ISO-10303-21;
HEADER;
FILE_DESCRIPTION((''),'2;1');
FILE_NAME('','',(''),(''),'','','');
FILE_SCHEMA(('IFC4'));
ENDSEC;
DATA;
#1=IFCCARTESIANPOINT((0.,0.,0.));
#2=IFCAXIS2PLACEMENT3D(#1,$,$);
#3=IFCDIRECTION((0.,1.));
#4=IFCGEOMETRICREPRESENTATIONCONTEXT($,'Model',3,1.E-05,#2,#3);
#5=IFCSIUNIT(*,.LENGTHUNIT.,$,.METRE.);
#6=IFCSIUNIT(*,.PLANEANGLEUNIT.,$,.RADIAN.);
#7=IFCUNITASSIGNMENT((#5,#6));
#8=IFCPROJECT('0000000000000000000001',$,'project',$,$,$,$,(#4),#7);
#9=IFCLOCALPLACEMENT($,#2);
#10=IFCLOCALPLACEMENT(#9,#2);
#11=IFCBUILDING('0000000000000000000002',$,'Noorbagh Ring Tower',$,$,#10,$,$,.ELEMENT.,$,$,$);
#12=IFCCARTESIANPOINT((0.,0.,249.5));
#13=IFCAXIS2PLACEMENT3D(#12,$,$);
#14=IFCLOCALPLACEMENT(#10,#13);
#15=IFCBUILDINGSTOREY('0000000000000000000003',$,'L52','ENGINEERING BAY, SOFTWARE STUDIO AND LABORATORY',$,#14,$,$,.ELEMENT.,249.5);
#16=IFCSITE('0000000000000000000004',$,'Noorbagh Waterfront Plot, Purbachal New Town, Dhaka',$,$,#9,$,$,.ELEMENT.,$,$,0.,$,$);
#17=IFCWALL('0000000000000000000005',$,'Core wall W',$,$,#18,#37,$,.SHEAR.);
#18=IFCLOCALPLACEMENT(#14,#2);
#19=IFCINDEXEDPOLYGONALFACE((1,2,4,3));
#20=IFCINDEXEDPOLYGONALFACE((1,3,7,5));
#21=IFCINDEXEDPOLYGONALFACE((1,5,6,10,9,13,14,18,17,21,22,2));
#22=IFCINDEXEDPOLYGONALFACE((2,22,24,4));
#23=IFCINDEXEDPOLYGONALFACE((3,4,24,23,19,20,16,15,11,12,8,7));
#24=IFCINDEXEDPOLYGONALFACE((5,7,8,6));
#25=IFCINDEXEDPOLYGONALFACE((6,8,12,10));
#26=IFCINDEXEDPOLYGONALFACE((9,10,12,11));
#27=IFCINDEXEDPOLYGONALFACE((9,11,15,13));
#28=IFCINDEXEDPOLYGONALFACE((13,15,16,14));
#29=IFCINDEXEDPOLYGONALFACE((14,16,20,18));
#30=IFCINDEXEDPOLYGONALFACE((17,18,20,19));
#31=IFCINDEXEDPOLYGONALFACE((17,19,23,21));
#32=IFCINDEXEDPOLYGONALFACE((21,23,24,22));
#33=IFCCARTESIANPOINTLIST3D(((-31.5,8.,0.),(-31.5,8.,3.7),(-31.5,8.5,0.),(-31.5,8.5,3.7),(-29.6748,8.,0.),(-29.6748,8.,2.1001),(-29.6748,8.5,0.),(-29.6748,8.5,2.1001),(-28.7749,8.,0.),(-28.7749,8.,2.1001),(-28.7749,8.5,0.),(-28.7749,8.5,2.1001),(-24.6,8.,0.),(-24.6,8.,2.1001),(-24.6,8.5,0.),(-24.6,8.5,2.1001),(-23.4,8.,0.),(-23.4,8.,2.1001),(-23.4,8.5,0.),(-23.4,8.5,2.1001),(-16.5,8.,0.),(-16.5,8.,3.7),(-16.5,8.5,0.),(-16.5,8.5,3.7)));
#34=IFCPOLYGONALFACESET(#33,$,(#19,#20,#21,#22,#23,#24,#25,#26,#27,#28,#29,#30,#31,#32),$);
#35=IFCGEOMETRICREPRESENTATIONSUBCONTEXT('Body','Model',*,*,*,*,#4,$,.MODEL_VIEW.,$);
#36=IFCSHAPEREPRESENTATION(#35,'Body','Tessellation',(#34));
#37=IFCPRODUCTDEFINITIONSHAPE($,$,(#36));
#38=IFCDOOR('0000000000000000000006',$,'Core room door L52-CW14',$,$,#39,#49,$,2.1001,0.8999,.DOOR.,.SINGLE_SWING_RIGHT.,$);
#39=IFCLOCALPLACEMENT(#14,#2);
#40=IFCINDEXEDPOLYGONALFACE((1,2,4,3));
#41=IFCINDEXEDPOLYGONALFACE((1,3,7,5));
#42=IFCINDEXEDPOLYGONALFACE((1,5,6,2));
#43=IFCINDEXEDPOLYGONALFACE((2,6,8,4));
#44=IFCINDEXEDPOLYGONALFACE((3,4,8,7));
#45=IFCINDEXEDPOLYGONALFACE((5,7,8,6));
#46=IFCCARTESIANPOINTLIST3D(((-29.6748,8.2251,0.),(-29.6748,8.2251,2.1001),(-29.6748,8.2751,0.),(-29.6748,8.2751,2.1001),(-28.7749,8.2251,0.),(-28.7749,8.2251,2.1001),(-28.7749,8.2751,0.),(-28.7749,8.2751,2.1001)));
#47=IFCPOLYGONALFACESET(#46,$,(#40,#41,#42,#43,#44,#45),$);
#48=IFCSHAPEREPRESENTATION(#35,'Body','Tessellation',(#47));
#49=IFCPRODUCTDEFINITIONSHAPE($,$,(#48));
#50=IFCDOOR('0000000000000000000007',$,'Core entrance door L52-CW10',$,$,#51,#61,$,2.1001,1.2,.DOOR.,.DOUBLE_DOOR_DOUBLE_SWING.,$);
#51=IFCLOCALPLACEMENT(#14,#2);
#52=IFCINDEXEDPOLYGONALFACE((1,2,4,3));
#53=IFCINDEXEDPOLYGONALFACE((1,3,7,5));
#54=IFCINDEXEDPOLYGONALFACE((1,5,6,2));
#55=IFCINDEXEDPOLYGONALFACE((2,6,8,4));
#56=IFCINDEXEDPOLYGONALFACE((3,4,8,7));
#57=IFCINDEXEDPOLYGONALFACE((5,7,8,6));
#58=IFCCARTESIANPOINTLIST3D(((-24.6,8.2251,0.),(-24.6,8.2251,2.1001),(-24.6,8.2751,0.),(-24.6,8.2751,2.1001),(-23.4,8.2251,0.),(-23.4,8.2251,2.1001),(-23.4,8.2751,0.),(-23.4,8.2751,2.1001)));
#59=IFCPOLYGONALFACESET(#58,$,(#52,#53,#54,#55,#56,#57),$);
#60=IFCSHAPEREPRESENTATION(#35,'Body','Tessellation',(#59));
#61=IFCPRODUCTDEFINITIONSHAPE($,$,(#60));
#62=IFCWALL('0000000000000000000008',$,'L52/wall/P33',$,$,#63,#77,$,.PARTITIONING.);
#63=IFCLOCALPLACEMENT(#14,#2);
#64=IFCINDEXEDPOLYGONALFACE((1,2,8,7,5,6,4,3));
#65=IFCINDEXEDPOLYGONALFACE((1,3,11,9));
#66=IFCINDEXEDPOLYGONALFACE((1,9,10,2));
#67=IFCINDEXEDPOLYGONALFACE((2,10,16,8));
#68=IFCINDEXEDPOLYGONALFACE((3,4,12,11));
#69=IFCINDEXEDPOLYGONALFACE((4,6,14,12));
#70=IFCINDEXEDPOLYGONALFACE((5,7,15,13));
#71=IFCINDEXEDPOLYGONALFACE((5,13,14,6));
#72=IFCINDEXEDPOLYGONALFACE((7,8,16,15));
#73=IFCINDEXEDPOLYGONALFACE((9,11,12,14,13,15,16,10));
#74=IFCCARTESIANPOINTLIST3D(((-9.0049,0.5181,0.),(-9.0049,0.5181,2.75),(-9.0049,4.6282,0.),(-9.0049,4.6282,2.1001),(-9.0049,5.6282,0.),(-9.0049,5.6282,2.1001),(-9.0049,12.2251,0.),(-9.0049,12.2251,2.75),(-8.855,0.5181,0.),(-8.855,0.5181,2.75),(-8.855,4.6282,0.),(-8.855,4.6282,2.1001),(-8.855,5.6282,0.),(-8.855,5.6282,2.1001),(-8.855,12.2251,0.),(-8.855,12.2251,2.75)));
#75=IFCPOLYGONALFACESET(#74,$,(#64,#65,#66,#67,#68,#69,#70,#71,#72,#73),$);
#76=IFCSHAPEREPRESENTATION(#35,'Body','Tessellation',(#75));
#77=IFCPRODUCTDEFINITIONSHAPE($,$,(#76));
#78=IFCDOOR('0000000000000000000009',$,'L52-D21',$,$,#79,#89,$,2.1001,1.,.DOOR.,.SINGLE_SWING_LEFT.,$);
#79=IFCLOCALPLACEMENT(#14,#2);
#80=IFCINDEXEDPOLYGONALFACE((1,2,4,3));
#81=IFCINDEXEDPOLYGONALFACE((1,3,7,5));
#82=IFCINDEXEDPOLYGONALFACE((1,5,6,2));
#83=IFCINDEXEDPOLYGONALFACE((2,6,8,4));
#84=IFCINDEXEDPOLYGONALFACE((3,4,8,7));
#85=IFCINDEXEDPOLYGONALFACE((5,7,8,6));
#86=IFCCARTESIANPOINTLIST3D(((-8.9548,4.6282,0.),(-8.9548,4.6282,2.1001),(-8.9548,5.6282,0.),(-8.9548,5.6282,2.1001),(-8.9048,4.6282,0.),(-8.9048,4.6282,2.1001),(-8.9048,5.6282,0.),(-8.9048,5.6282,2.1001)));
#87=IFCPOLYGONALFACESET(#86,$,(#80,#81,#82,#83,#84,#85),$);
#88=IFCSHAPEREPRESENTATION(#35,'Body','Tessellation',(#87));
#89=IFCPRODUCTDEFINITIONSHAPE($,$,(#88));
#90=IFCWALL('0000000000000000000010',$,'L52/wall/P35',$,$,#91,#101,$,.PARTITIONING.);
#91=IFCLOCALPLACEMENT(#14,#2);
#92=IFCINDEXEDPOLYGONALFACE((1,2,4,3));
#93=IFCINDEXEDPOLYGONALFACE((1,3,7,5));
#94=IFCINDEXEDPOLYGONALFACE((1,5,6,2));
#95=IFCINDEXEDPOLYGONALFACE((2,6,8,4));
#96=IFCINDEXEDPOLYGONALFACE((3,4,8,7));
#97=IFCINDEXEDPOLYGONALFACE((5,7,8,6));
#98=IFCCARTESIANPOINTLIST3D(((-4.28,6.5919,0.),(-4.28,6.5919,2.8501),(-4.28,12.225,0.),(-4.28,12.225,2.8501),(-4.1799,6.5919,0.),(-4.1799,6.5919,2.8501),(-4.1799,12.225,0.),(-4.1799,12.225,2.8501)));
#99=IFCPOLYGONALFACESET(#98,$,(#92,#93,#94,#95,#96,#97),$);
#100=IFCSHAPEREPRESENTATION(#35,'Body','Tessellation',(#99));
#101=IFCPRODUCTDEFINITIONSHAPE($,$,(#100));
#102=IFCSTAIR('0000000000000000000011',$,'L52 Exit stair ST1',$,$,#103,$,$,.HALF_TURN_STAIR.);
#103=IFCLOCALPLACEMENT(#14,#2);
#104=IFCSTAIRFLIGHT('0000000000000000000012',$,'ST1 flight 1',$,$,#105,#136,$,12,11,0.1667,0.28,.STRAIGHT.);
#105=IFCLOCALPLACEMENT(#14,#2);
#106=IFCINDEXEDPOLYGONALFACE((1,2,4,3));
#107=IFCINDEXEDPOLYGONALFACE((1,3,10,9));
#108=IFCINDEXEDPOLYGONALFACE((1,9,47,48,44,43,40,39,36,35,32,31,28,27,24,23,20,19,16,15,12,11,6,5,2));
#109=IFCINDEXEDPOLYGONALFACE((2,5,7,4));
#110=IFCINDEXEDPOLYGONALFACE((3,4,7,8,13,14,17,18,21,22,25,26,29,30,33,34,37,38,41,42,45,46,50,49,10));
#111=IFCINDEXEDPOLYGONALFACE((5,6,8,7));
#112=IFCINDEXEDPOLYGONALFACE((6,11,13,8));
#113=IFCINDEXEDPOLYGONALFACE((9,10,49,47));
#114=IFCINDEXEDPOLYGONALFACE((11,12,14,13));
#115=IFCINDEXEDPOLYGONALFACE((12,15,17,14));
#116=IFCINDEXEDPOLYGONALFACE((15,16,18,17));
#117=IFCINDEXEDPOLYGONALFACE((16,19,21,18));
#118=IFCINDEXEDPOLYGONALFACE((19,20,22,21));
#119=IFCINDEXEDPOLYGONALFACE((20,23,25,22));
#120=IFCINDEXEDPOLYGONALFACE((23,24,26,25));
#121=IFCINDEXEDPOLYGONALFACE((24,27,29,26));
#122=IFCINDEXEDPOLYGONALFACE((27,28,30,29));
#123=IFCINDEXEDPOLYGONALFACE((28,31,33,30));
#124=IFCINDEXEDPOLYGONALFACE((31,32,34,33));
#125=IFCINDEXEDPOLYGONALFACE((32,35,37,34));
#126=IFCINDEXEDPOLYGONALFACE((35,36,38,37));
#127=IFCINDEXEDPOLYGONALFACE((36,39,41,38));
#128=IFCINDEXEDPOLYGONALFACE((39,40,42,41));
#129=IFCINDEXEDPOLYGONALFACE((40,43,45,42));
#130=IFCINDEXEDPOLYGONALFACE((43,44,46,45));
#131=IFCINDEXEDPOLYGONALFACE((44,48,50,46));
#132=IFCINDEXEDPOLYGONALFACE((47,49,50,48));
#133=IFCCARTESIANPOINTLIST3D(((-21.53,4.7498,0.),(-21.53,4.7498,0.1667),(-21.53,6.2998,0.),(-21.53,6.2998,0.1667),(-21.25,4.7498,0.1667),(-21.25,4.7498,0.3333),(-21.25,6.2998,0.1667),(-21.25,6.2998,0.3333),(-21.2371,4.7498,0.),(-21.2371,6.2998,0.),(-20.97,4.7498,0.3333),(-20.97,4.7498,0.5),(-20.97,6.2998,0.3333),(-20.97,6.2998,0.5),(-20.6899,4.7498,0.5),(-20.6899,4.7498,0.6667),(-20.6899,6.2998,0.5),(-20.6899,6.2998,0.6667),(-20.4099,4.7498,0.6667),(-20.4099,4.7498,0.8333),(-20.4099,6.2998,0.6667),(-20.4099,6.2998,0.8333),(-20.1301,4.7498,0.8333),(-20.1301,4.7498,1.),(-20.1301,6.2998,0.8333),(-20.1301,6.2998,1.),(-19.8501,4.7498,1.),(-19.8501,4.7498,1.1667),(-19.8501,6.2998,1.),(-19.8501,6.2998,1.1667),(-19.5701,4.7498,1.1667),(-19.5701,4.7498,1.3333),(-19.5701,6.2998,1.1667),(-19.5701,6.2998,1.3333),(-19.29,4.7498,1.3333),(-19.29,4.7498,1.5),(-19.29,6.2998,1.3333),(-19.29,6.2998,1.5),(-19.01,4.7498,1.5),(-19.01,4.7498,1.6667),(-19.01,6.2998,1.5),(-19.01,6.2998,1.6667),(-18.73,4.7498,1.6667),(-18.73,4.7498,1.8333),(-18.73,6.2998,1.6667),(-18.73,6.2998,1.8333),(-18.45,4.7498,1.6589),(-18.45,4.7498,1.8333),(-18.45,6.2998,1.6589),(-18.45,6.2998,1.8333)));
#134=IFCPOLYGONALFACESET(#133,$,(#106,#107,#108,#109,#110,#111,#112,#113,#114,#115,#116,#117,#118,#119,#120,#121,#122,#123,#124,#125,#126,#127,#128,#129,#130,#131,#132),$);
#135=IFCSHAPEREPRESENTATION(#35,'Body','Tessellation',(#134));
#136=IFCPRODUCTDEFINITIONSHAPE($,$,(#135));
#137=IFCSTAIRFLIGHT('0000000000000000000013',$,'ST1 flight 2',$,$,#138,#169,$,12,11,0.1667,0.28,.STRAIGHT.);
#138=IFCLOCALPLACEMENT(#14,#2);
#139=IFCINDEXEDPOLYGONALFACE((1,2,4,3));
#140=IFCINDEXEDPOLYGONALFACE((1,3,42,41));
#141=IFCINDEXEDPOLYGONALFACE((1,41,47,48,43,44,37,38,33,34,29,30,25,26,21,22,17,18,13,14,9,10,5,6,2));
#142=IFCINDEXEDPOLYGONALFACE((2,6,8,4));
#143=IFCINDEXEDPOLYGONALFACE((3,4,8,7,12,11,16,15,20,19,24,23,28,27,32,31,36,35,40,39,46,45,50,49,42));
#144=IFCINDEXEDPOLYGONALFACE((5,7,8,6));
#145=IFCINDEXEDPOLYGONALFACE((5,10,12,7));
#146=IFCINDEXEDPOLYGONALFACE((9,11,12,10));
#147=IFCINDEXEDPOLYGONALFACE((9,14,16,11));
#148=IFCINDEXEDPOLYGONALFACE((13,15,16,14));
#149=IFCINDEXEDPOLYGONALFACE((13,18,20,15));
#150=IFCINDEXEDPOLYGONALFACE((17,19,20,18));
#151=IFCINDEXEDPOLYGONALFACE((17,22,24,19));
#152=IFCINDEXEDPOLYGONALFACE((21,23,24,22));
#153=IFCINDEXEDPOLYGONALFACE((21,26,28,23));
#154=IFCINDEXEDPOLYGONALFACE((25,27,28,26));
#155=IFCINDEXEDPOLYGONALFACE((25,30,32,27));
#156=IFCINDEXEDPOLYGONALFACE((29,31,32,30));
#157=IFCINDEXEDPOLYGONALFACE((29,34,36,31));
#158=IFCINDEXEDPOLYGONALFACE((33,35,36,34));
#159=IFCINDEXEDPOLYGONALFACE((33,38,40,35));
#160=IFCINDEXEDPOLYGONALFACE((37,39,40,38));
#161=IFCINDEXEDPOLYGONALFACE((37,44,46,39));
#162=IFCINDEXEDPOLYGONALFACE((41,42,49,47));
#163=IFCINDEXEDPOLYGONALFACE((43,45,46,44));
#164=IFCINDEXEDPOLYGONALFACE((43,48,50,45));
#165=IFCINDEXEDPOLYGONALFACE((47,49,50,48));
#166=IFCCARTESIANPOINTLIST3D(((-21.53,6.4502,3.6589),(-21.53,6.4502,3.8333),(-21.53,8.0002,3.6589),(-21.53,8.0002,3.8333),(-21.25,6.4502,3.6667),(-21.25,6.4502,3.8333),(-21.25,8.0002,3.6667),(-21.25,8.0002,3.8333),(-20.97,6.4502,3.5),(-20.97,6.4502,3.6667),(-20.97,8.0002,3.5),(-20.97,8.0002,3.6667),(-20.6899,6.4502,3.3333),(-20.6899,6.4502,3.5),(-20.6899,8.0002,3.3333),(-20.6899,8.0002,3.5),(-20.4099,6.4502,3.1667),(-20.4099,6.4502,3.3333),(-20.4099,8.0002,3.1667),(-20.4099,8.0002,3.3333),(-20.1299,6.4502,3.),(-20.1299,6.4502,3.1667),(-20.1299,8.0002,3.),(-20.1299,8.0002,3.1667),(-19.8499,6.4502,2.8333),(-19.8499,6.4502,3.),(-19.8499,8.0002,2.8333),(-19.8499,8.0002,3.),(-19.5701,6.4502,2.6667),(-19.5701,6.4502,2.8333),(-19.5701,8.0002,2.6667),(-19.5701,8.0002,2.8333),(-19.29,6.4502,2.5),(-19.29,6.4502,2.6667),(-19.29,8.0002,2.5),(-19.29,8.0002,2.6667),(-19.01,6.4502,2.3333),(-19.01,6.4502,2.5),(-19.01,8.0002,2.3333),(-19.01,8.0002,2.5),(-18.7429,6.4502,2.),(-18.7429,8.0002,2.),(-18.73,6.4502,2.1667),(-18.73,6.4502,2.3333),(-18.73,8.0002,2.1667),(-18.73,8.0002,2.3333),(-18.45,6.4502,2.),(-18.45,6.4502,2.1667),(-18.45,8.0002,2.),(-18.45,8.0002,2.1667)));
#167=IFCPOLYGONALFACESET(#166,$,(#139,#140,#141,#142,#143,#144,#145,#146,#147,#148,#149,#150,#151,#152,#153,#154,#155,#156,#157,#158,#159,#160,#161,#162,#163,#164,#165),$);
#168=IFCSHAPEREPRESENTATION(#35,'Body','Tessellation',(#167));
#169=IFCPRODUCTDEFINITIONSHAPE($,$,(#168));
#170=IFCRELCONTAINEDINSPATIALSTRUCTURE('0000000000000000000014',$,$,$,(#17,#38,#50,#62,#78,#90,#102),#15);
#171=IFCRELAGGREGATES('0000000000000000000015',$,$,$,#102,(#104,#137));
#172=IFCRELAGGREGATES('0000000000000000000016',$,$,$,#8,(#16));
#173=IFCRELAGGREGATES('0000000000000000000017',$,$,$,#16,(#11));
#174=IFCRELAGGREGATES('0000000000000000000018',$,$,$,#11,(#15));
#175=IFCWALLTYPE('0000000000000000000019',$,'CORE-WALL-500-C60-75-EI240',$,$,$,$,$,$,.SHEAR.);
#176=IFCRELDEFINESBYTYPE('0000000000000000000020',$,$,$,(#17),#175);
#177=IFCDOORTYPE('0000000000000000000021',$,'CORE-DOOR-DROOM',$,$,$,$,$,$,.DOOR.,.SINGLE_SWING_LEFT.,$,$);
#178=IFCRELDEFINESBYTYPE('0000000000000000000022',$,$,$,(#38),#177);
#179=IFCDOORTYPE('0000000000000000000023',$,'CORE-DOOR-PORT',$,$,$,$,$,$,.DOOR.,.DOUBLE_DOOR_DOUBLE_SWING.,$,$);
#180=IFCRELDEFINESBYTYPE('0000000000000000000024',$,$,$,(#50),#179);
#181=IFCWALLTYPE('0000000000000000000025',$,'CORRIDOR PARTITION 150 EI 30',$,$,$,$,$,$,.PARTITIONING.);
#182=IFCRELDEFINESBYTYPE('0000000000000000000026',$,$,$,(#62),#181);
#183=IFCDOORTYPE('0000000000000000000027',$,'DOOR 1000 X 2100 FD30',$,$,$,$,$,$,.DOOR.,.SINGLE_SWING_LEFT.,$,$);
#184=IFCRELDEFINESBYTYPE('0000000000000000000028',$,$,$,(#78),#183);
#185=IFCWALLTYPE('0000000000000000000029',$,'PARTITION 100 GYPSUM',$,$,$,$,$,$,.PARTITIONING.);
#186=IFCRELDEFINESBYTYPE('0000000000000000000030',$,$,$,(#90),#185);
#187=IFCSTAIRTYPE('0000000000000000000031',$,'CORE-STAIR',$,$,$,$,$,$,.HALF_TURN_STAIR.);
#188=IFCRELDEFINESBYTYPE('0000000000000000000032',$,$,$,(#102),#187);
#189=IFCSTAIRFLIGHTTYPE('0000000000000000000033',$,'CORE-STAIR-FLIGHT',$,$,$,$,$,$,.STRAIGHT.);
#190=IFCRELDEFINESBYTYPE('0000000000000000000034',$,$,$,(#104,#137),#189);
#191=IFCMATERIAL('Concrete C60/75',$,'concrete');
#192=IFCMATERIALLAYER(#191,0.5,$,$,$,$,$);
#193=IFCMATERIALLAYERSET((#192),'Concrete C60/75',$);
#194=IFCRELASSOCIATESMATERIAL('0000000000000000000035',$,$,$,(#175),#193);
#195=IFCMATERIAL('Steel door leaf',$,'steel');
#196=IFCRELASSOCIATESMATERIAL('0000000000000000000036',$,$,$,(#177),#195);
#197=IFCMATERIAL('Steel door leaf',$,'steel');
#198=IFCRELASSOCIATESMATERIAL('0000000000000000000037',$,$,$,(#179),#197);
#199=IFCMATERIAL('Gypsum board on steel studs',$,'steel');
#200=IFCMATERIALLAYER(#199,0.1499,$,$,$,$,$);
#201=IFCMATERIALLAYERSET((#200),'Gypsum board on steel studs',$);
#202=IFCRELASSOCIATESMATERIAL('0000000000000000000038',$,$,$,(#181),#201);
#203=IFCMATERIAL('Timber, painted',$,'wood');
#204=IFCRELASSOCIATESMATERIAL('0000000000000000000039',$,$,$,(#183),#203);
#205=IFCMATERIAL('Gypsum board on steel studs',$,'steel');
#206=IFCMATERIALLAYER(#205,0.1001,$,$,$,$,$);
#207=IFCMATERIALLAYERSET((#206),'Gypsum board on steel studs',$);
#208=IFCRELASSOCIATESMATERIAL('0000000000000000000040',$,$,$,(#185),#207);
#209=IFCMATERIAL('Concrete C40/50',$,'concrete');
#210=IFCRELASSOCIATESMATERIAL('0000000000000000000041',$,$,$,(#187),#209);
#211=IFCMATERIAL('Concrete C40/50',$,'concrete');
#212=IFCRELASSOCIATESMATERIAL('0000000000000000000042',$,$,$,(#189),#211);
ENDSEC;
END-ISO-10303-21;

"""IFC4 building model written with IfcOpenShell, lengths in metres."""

from ifc_helpers import new_model, si_unit, direction, frame, frame_2d, origin, place, context, subcontext, project, spatial, polyline, rectangle, outline, extrude, material, layer, layer_set, type_object, element, fill, aggregate, save


model = new_model("IFC4")

# Units and contexts
model_context = context("Model", 3, precision=1e-05, world=origin(), true_north=direction((0.0, 1.0)))
body_context = subcontext(model_context, "Body", "Model", "MODEL_VIEW")
ifc_project = project(units=[si_unit("LENGTHUNIT", "METRE"), si_unit("PLANEANGLEUNIT", "RADIAN")], contexts=[model_context])

# Site, building, storey
site_placement = place(None, origin())
site = spatial("IfcSite", under=ifc_project, at=site_placement, Name="Noorbagh Waterfront Plot, Purbachal New Town, Dhaka", CompositionType="ELEMENT", RefElevation=0.0)
building_placement = place(site_placement, origin())
building = spatial("IfcBuilding", under=site, at=building_placement, Name="Noorbagh Ring Tower", CompositionType="ELEMENT")
storey_placement = place(building_placement, frame((0.0, 0.0, 249.5)))
storey = spatial("IfcBuildingStorey", under=building, at=storey_placement, Name="L52", Description="ENGINEERING BAY, SOFTWARE STUDIO AND LABORATORY", CompositionType="ELEMENT", Elevation=249.5)

# Wall, openings, doors
ifc_material_1 = material(Name="Concrete C60/75", Category="concrete")
ifc_layer_1 = layer(ifc_material_1, 0.5)
ifc_layer_set_1 = layer_set([ifc_layer_1], Name="Concrete C60/75")
wall_type_1 = type_object("IfcWallType", Name="CORE-WALL-500-C60-75-EI240", PredefinedType="SHEAR", material=ifc_layer_set_1)
wall_1_placement = place(storey_placement, frame((-16.5, 8.25, 0.0), z_axis=(0.0, 0.0, 1.0), x_axis=(-1.0, 0.0, 0.0)))
wall_1 = element("IfcWall", 1, at=wall_1_placement, inside=storey, type_object=wall_type_1, Name="Core wall W", PredefinedType="SHEAR", context=body_context, shape_type="SweptSolid", body=[
    extrude(rectangle(XDim=15.0, YDim=0.5, at=frame_2d((7.5, 0.0))), origin(), (0.0, 0.0, 1.0), 3.7),
])
opening_1_placement = place(wall_1_placement, frame((6.8999, 0.0, 0.0)))
opening_1 = element("IfcOpeningElement", 2, at=opening_1_placement, cuts=wall_1, PredefinedType="OPENING", context=body_context, shape_type="SweptSolid", body=[
    extrude(rectangle(XDim=1.2, YDim=2.1001, at=frame_2d((0.6001, 1.05))), frame((0.0, 0.26, 0.0), z_axis=(0.0, -1.0, 0.0), x_axis=(1.0, 0.0, 0.0)), (0.0, 0.0, 1.0), 0.52),
])
opening_2_placement = place(wall_1_placement, frame((12.2749, 0.0, 0.0)))
opening_2 = element("IfcOpeningElement", 3, at=opening_2_placement, cuts=wall_1, PredefinedType="OPENING", context=body_context, shape_type="SweptSolid", body=[
    extrude(rectangle(XDim=0.8999, YDim=2.1001, at=frame_2d((0.45, 1.05))), frame((0.0, 0.26, 0.0), z_axis=(0.0, -1.0, 0.0), x_axis=(1.0, 0.0, 0.0)), (0.0, 0.0, 1.0), 0.52),
])
ifc_material_2 = material(Name="Steel door leaf", Category="steel")
door_type_1 = type_object("IfcDoorType", Name="CORE-DOOR-DROOM", OperationType="SINGLE_SWING_LEFT", PredefinedType="DOOR", material=ifc_material_2)
door_1_placement = place(opening_2_placement, origin())
door_1 = element("IfcDoor", 4, at=door_1_placement, inside=storey, type_object=door_type_1, Name="Core room door L52-CW14", OperationType="SINGLE_SWING_RIGHT", OverallHeight=2.1001, OverallWidth=0.8999, PredefinedType="DOOR", context=body_context, shape_type="SweptSolid", body=[
    extrude(rectangle(XDim=0.8999, YDim=2.1001, at=frame_2d((0.45, 1.05))), frame((0.0, 0.0249, 0.0), z_axis=(0.0, -1.0, 0.0), x_axis=(1.0, 0.0, 0.0)), (0.0, 0.0, 1.0), 0.05),
])
fill(opening_2, door_1)
ifc_material_3 = material(Name="Steel door leaf", Category="steel")
door_type_2 = type_object("IfcDoorType", Name="CORE-DOOR-PORT", OperationType="DOUBLE_DOOR_DOUBLE_SWING", PredefinedType="DOOR", material=ifc_material_3)
door_2_placement = place(opening_1_placement, origin())
door_2 = element("IfcDoor", 5, at=door_2_placement, inside=storey, type_object=door_type_2, Name="Core entrance door L52-CW10", OperationType="DOUBLE_DOOR_DOUBLE_SWING", OverallHeight=2.1001, OverallWidth=1.2, PredefinedType="DOOR", context=body_context, shape_type="SweptSolid", body=[
    extrude(rectangle(XDim=1.2, YDim=2.1001, at=frame_2d((0.6001, 1.05))), frame((0.0, 0.0249, 0.0), z_axis=(0.0, -1.0, 0.0), x_axis=(1.0, 0.0, 0.0)), (0.0, 0.0, 1.0), 0.05),
])
fill(opening_1, door_2)

# Wall, opening, door
ifc_material_4 = material(Name="Gypsum board on steel studs", Category="steel")
ifc_layer_2 = layer(ifc_material_4, 0.1499)
ifc_layer_set_2 = layer_set([ifc_layer_2], Name="Gypsum board on steel studs")
wall_type_2 = type_object("IfcWallType", Name="CORRIDOR PARTITION 150 EI 30", PredefinedType="PARTITIONING", material=ifc_layer_set_2)
wall_2_placement = place(storey_placement, frame((-8.9299, 0.5181, 0.0), z_axis=(0.0, 0.0, 1.0), x_axis=(0.0, 1.0, 0.0)))
wall_2 = element("IfcWall", 6, at=wall_2_placement, inside=storey, type_object=wall_type_2, Name="L52/wall/P33", PredefinedType="PARTITIONING", context=body_context, shape_type="SweptSolid", body=[
    extrude(rectangle(XDim=11.707, YDim=0.1499, at=frame_2d((5.8535, 0.0))), origin(), (0.0, 0.0, 1.0), 2.75),
])
opening_3_placement = place(wall_2_placement, frame((4.1101, 0.0, 0.0)))
opening_3 = element("IfcOpeningElement", 7, at=opening_3_placement, cuts=wall_2, PredefinedType="OPENING", context=body_context, shape_type="SweptSolid", body=[
    extrude(rectangle(XDim=1.0, YDim=2.1001, at=frame_2d((0.5, 1.05))), frame((0.0, 0.085, 0.0), z_axis=(0.0, -1.0, 0.0), x_axis=(1.0, 0.0, 0.0)), (0.0, 0.0, 1.0), 0.1699),
])
ifc_material_5 = material(Name="Timber, painted", Category="wood")
door_type_3 = type_object("IfcDoorType", Name="DOOR 1000 X 2100 FD30", OperationType="SINGLE_SWING_LEFT", PredefinedType="DOOR", material=ifc_material_5)
door_3_placement = place(opening_3_placement, origin())
door_3 = element("IfcDoor", 8, at=door_3_placement, inside=storey, type_object=door_type_3, Name="L52-D21", OperationType="SINGLE_SWING_LEFT", OverallHeight=2.1001, OverallWidth=1.0, PredefinedType="DOOR", context=body_context, shape_type="SweptSolid", body=[
    extrude(rectangle(XDim=1.0, YDim=2.1001, at=frame_2d((0.5, 1.05))), frame((0.0, 0.0249, 0.0), z_axis=(0.0, -1.0, 0.0), x_axis=(1.0, 0.0, 0.0)), (0.0, 0.0, 1.0), 0.05),
])
fill(opening_3, door_3)

# Wall
ifc_material_6 = material(Name="Gypsum board on steel studs", Category="steel")
ifc_layer_3 = layer(ifc_material_6, 0.1001)
ifc_layer_set_3 = layer_set([ifc_layer_3], Name="Gypsum board on steel studs")
wall_type_3 = type_object("IfcWallType", Name="PARTITION 100 GYPSUM", PredefinedType="PARTITIONING", material=ifc_layer_set_3)
wall_3_placement = place(storey_placement, frame((-4.23, 6.592, 0.0), z_axis=(0.0, 0.0, 1.0), x_axis=(0.0, 1.0, 0.0)))
element("IfcWall", 9, at=wall_3_placement, inside=storey, type_object=wall_type_3, Name="L52/wall/P35", PredefinedType="PARTITIONING", context=body_context, shape_type="SweptSolid", body=[
    extrude(rectangle(XDim=5.6331, YDim=0.1001, at=frame_2d((2.8164, 0.0))), origin(), (0.0, 0.0, 1.0), 2.8501),
])

# Stair, stair flights
ifc_material_7 = material(Name="Concrete C40/50", Category="concrete")
stair_type = type_object("IfcStairType", Name="CORE-STAIR", PredefinedType="HALF_TURN_STAIR", material=ifc_material_7)
stair_placement = place(storey_placement, origin())
stair = element("IfcStair", 10, at=stair_placement, inside=storey, type_object=stair_type, Name="L52 Exit stair ST1", PredefinedType="HALF_TURN_STAIR")
ifc_material_8 = material(Name="Concrete C40/50", Category="concrete")
stair_flight_type = type_object("IfcStairFlightType", Name="CORE-STAIR-FLIGHT", PredefinedType="STRAIGHT", material=ifc_material_8)
stair_flight_1_placement = place(storey_placement, frame((-21.53, 5.5249, 0.0), z_axis=(0.0, 0.0, 1.0), x_axis=(1.0, 0.0, 0.0)))
stair_flight_1 = element("IfcStairFlight", 11, at=stair_flight_1_placement, type_object=stair_flight_type, Name="ST1 flight 1", NumberOfRisers=12, NumberOfTreads=11, PredefinedType="STRAIGHT", RiserHeight=0.1667, TreadLength=0.28, context=body_context, shape_type="SweptSolid", body=[
    extrude(outline(polyline([(0.0, 0.0), (0.0, 0.1667), (0.28, 0.1667), (0.28, 0.3333), (0.5601, 0.3333), (0.5601, 0.5), (0.8401, 0.5), (0.8401, 0.6667), (1.1201, 0.6667), (1.1201, 0.8333), (1.3999, 0.8333), (1.3999, 1.0), (1.6799, 1.0), (1.6799, 1.1667), (1.96, 1.1667), (1.96, 1.3333), (2.24, 1.3333), (2.24, 1.5), (2.52, 1.5), (2.52, 1.6667), (2.8, 1.6667), (2.8, 1.8333), (3.0801, 1.8333), (3.0801, 2.0), (3.0801, 1.6589), (0.293, 0.0), (0.0, 0.0)])), frame((0.0, 0.7749, 0.0), z_axis=(0.0, -1.0, 0.0), x_axis=(1.0, 0.0, 0.0)), (0.0, 0.0, 1.0), 1.55),
])
stair_flight_2_placement = place(storey_placement, frame((-18.45, 7.2251, 2.0), z_axis=(0.0, 0.0, 1.0), x_axis=(-1.0, 0.0, 0.0)))
stair_flight_2 = element("IfcStairFlight", 12, at=stair_flight_2_placement, type_object=stair_flight_type, Name="ST1 flight 2", NumberOfRisers=12, NumberOfTreads=11, PredefinedType="STRAIGHT", RiserHeight=0.1667, TreadLength=0.28, context=body_context, shape_type="SweptSolid", body=[
    extrude(outline(polyline([(0.0, 0.0), (0.0, 0.1667), (0.28, 0.1667), (0.28, 0.3333), (0.5601, 0.3333), (0.5601, 0.5), (0.8401, 0.5), (0.8401, 0.6667), (1.1201, 0.6667), (1.1201, 0.8333), (1.3999, 0.8333), (1.3999, 1.0), (1.6799, 1.0), (1.6799, 1.1667), (1.96, 1.1667), (1.96, 1.3333), (2.24, 1.3333), (2.24, 1.5), (2.52, 1.5), (2.52, 1.6667), (2.8, 1.6667), (2.8, 1.8333), (3.0801, 1.8333), (3.0801, 2.0), (3.0801, 1.6589), (0.293, 0.0), (0.0, 0.0)])), frame((0.0, 0.7749, 0.0), z_axis=(0.0, -1.0, 0.0), x_axis=(1.0, 0.0, 0.0)), (0.0, 0.0, 1.0), 1.55),
])
aggregate(stair, [stair_flight_1, stair_flight_2])

save(model, "model.ifc")
